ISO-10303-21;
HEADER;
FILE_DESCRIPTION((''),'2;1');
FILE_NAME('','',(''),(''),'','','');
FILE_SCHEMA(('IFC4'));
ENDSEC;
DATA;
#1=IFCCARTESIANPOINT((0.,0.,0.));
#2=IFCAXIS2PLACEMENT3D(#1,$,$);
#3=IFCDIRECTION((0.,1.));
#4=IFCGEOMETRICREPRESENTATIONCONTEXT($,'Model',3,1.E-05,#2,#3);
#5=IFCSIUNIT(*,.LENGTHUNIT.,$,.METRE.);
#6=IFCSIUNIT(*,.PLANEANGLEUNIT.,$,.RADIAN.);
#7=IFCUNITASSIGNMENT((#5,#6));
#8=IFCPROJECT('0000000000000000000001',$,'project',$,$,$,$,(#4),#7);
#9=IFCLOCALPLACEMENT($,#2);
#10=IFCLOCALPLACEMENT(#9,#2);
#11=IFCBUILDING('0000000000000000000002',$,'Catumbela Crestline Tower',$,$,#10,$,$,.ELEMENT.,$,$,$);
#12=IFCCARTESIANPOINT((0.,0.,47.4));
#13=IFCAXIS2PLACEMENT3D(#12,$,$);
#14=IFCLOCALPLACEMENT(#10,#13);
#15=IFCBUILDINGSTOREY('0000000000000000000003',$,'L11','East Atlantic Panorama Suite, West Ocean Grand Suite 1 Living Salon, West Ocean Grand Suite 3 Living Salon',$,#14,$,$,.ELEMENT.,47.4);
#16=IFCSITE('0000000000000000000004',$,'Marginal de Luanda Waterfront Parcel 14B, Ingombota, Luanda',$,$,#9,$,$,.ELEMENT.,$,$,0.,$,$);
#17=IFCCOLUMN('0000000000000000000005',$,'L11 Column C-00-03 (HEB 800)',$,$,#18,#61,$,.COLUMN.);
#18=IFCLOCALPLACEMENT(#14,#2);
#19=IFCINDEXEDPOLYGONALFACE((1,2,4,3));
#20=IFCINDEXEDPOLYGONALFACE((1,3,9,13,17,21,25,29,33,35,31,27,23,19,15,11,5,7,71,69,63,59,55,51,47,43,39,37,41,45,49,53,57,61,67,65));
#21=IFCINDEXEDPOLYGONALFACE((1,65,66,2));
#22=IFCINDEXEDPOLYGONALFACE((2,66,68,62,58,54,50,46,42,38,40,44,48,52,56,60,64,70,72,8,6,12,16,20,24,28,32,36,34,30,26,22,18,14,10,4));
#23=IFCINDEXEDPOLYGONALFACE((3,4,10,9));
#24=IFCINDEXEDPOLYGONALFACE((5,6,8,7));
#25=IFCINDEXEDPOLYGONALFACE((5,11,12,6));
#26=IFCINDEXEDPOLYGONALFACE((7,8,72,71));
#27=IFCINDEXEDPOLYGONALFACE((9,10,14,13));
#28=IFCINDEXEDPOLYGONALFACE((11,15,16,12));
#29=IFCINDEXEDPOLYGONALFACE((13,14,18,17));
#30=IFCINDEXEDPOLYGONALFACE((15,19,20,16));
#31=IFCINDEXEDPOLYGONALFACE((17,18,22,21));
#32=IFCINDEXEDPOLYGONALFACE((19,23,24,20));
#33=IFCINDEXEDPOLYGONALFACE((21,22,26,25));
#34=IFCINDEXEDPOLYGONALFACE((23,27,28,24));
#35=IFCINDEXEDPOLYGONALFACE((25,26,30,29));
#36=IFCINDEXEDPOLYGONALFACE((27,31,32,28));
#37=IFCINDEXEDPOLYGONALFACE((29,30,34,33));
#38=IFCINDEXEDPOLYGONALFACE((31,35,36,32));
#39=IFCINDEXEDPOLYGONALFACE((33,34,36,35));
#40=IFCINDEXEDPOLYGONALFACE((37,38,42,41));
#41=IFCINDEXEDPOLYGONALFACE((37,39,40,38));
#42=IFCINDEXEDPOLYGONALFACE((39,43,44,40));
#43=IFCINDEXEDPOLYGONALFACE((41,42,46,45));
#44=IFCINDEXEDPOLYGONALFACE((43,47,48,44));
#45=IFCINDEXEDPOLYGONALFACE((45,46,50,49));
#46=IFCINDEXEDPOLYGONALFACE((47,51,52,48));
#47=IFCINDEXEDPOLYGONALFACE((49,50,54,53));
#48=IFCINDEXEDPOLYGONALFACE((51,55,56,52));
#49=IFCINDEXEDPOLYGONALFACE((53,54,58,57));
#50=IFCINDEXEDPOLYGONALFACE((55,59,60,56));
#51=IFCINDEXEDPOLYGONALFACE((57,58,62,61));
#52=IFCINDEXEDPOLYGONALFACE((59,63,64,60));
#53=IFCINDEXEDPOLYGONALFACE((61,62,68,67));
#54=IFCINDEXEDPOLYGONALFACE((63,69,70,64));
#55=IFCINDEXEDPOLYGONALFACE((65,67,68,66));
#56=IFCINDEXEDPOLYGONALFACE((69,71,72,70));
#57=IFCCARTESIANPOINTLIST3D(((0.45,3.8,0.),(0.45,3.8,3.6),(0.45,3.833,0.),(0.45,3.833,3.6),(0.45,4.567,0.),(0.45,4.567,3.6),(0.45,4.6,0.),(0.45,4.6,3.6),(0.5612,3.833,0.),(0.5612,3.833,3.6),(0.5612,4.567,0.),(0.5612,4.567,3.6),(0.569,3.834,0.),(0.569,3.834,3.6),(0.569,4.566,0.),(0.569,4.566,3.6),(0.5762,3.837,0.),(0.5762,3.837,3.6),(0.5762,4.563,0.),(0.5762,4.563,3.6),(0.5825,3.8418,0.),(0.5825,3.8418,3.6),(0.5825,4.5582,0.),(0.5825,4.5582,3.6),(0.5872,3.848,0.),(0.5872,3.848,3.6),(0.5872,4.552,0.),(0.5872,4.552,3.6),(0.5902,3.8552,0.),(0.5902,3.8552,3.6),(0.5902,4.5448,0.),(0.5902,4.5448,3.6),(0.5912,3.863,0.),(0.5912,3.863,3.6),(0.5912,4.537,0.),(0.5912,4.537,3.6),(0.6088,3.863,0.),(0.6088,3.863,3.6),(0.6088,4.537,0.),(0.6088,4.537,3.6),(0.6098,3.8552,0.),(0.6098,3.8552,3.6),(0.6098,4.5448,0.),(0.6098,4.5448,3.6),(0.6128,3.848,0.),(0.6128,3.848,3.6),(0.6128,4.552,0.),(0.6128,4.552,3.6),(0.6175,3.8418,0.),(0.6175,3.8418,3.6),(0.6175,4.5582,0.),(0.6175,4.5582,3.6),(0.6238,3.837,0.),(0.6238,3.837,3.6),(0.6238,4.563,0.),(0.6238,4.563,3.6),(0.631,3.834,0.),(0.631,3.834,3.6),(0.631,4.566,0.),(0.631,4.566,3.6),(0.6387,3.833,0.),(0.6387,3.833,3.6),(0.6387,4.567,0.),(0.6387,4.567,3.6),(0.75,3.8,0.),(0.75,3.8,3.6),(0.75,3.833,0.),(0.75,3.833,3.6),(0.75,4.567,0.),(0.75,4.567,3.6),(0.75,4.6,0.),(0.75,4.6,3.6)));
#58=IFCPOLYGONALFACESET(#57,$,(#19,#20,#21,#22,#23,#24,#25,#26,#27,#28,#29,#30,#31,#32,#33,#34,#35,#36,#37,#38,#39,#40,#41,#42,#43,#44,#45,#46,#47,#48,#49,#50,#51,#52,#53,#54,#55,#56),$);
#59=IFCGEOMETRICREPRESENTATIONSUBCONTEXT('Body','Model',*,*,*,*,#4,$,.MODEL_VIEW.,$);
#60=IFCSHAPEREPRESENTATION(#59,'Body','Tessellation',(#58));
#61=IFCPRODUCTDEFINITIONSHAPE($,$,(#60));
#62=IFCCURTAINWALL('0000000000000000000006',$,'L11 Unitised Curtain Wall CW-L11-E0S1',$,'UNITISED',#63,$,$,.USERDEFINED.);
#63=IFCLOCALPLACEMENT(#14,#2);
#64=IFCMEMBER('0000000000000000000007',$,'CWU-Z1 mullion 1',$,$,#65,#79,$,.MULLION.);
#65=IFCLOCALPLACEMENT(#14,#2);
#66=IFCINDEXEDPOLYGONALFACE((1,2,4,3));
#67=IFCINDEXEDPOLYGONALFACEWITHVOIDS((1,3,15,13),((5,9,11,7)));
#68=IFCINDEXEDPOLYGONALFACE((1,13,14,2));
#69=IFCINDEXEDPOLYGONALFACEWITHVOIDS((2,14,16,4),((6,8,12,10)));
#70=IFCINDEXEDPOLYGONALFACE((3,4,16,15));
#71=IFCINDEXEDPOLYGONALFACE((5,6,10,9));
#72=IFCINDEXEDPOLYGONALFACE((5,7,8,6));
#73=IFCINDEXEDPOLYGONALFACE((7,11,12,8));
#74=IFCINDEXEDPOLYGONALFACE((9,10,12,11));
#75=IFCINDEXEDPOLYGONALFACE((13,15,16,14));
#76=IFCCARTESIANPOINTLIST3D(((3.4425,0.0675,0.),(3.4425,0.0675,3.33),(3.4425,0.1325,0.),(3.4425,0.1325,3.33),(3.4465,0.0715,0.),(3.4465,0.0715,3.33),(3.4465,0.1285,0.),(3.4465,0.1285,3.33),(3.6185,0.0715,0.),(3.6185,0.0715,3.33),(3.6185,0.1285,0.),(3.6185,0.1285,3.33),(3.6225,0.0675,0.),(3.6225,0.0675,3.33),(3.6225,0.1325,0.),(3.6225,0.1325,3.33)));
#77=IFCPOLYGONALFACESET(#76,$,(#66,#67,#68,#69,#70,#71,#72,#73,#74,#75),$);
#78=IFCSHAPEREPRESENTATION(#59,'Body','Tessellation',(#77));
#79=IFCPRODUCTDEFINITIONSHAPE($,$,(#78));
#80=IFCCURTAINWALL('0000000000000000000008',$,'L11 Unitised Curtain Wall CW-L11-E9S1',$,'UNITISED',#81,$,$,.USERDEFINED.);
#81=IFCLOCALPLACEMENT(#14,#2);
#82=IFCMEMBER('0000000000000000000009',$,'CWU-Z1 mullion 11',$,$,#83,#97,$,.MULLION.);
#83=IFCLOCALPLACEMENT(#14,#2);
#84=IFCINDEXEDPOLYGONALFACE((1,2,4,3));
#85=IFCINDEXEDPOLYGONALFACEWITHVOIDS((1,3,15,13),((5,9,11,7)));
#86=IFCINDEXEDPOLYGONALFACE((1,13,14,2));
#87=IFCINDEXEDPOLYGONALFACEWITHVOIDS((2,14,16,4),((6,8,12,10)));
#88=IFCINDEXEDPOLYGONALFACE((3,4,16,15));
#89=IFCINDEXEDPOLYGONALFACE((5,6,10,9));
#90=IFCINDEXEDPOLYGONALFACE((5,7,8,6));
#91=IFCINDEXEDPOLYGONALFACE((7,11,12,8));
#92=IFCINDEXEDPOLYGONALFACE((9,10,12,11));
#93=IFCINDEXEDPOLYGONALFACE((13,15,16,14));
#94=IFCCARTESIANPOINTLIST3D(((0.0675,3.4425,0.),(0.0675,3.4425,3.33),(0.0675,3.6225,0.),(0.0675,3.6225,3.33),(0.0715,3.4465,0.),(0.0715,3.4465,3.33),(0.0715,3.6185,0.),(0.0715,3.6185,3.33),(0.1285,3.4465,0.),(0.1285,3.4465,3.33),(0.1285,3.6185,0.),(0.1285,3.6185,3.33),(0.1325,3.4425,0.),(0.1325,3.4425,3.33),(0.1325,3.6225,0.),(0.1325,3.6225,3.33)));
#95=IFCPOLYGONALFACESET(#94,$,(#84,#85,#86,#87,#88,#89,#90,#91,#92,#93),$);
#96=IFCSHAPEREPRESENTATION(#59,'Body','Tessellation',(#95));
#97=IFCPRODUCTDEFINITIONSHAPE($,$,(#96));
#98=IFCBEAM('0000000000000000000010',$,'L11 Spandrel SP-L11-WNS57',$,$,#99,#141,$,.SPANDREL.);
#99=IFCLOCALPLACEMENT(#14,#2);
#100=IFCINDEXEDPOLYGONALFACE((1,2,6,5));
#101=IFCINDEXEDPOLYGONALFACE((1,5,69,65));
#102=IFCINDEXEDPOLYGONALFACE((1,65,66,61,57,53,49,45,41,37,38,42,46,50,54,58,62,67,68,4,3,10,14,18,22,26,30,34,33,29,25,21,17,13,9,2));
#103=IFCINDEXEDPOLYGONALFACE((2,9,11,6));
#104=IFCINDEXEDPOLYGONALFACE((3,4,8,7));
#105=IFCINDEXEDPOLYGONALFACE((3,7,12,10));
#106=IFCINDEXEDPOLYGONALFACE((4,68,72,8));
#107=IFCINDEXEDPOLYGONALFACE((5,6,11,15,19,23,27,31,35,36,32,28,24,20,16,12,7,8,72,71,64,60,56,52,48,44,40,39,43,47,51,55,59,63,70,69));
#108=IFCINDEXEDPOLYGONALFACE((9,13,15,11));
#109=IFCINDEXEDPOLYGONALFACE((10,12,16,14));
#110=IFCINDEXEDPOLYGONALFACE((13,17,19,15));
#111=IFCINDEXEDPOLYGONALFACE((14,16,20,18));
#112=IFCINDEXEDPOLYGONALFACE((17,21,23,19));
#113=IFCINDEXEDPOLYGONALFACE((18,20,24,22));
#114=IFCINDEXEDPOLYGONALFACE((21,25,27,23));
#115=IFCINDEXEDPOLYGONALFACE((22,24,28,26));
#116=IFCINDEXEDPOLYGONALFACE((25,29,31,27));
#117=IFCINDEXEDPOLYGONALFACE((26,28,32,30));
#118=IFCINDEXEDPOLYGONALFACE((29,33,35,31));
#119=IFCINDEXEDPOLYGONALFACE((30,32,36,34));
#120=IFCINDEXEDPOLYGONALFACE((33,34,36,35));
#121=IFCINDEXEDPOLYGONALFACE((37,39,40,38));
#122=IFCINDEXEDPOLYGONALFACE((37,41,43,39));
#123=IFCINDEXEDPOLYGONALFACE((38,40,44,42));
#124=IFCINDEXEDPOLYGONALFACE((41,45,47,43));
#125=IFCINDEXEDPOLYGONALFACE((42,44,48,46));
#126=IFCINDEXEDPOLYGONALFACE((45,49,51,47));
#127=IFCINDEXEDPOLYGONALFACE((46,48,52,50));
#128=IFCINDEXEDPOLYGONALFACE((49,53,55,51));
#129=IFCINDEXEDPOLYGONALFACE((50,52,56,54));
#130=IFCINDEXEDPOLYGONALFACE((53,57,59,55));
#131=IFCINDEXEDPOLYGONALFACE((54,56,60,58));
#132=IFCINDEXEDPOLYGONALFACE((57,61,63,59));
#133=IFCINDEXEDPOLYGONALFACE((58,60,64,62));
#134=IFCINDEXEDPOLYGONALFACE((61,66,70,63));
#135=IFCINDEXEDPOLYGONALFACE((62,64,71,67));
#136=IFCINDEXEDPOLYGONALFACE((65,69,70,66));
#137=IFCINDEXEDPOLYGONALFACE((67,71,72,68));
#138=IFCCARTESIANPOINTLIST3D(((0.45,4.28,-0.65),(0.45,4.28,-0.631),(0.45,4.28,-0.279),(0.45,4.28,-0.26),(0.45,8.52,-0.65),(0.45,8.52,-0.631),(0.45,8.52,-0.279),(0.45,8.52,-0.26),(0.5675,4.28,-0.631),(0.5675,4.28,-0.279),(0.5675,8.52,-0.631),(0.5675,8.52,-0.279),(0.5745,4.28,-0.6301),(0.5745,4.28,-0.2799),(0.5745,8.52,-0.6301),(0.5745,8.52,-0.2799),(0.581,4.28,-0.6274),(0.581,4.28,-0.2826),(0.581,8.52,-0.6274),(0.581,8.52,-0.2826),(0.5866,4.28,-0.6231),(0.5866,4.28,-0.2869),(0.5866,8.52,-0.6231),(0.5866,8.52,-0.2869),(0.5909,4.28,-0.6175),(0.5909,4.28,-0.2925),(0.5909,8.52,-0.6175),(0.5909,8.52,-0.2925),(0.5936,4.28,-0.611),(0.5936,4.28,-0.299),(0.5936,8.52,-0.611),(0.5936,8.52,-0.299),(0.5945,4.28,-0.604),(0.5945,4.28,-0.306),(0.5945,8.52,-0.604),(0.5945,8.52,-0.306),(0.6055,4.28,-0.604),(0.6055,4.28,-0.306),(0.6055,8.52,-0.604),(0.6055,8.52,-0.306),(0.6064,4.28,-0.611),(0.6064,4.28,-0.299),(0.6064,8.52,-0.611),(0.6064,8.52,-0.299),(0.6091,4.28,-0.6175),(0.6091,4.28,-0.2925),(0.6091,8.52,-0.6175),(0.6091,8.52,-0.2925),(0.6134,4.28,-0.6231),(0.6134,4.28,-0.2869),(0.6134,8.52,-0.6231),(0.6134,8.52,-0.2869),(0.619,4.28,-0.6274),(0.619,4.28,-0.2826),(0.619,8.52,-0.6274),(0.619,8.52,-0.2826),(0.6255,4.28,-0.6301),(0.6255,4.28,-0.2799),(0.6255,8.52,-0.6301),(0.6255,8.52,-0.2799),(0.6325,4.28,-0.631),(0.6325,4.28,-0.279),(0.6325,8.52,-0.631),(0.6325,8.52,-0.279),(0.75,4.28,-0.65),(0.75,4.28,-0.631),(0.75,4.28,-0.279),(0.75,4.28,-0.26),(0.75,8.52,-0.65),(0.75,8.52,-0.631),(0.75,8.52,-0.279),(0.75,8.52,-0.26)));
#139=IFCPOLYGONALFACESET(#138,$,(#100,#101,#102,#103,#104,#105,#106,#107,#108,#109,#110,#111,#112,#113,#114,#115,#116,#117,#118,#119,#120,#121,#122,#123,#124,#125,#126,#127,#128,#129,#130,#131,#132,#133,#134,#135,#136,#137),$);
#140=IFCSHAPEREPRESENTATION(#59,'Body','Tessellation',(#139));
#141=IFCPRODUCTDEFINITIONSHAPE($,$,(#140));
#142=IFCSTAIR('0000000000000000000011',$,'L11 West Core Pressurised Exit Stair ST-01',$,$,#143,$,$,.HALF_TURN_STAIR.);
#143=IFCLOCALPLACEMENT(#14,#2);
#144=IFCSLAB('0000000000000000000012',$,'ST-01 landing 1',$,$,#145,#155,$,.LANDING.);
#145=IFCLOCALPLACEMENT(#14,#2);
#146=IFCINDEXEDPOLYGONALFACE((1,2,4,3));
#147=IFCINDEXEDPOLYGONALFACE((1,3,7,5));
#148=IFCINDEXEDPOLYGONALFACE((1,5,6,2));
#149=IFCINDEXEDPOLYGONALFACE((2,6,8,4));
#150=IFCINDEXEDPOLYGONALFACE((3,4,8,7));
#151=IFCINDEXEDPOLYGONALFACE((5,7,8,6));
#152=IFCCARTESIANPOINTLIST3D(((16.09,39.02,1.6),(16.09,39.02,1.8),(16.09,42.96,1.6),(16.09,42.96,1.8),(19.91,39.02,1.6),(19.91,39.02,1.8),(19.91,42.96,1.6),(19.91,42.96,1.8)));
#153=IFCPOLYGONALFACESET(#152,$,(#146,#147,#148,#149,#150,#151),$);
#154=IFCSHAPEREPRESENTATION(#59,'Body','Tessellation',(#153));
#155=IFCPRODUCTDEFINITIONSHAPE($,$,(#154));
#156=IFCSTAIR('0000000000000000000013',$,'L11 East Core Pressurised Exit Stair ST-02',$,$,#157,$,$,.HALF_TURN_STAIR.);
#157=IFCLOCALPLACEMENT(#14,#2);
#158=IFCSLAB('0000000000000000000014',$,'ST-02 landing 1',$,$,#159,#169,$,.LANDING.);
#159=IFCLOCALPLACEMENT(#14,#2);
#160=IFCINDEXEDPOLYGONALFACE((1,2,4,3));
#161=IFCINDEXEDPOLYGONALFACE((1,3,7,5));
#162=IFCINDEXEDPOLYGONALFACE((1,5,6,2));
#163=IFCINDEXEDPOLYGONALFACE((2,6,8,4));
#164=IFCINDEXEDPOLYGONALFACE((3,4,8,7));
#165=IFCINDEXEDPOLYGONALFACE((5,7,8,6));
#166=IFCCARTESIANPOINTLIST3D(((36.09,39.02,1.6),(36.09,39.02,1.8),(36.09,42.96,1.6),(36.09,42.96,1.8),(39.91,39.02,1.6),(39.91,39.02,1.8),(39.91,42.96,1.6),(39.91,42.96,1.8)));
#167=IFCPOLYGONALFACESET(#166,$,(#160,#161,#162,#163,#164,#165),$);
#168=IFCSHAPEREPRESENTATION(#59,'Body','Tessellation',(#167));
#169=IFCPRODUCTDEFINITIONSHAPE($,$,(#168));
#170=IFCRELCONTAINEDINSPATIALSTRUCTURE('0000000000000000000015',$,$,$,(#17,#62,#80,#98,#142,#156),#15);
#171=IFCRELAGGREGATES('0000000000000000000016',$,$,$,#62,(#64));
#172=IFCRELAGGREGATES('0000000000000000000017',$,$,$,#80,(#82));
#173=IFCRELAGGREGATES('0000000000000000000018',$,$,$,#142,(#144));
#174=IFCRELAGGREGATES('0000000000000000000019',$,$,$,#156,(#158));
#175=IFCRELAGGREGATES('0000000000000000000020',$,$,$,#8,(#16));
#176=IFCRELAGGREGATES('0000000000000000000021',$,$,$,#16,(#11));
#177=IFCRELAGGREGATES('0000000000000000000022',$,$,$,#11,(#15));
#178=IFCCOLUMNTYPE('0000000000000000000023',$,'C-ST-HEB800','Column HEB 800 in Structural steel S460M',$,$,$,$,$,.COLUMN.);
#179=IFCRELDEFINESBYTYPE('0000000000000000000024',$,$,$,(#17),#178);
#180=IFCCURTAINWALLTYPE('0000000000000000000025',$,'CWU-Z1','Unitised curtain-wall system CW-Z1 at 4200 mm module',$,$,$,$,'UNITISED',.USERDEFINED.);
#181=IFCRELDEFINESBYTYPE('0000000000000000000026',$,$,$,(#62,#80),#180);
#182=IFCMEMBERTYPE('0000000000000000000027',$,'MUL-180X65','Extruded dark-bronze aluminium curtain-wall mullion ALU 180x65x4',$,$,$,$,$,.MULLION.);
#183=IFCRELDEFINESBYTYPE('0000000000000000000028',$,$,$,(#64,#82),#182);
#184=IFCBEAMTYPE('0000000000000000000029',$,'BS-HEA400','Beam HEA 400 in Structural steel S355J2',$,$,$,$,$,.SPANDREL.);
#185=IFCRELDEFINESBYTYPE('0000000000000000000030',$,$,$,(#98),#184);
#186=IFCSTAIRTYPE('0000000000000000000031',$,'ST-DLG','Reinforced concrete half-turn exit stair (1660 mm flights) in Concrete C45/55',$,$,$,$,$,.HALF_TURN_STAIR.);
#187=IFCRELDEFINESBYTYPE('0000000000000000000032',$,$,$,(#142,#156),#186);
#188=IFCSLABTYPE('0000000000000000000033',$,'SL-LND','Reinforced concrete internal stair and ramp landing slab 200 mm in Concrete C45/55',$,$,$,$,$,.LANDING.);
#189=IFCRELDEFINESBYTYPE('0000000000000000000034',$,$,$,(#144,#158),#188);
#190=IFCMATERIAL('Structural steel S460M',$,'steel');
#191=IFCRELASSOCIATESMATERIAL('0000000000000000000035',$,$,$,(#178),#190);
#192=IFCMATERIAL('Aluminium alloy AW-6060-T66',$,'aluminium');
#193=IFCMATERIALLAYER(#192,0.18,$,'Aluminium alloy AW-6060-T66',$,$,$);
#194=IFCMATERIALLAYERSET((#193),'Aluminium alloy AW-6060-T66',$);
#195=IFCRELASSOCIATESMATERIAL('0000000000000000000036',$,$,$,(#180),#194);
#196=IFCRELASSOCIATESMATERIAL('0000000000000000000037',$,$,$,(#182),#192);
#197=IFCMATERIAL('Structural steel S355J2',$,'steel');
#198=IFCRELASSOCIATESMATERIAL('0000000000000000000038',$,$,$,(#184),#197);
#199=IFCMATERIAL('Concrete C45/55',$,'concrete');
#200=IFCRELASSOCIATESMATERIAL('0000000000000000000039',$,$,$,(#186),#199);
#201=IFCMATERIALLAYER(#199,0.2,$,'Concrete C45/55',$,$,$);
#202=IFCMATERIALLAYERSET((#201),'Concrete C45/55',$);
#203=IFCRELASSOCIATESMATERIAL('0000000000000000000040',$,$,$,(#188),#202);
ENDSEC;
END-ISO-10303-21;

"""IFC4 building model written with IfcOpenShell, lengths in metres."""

from ifc_helpers import new_model, si_unit, direction, frame, origin, origin_2d, place, context, subcontext, project, spatial, polyline, hollow_rectangle, i_section, outline, extrude, material, layer, layer_set, material_profile, profile_set, type_object, element, aggregate, save


model = new_model("IFC4")

# Units and contexts
model_context = context("Model", 3, precision=1e-05, world=origin(), true_north=direction((0.0, 1.0)))
body_context = subcontext(model_context, "Body", "Model", "MODEL_VIEW")
ifc_project = project(units=[si_unit("LENGTHUNIT", "METRE"), si_unit("PLANEANGLEUNIT", "RADIAN")], contexts=[model_context])

# Site, building, storey
site_placement = place(None, origin())
site = spatial("IfcSite", under=ifc_project, at=site_placement, Name="Marginal de Luanda Waterfront Parcel 14B, Ingombota, Luanda", CompositionType="ELEMENT", RefElevation=0.0)
building_placement = place(site_placement, origin())
building = spatial("IfcBuilding", under=site, at=building_placement, Name="Catumbela Crestline Tower", CompositionType="ELEMENT")
storey_placement = place(building_placement, frame((0.0, 0.0, 47.4)))
storey = spatial("IfcBuildingStorey", under=building, at=storey_placement, Name="L11", Description="East Atlantic Panorama Suite, West Ocean Grand Suite 1 Living Salon, West Ocean Grand Suite 3 Living Salon", CompositionType="ELEMENT", Elevation=47.4)

# Column
ifc_material_1 = material(Name="Structural steel S460M", Category="steel")
ifc_material_profile_1 = material_profile(ifc_material_1, i_section(OverallWidth=0.3, OverallDepth=0.8, WebThickness=0.0175, FlangeThickness=0.033, FilletRadius=0.03, at=origin_2d()), Name="HEB 800")
ifc_profile_set_1 = profile_set([ifc_material_profile_1], Name="Structural steel S460M")
column_type = type_object("IfcColumnType", Name="C-ST-HEB800", Description="Column HEB 800 in Structural steel S460M", PredefinedType="COLUMN", material=ifc_profile_set_1)
column_placement = place(storey_placement, frame((0.6, 4.2, 0.0), z_axis=(0.0, 0.0, 1.0), x_axis=(1.0, 0.0, 0.0)))
element("IfcColumn", 1, at=column_placement, inside=storey, type_object=column_type, Name="L11 Column C-00-03 (HEB 800)", PredefinedType="COLUMN", context=body_context, shape_type="SweptSolid", body=[
    extrude(i_section(OverallWidth=0.3, OverallDepth=0.8, WebThickness=0.0175, FlangeThickness=0.033, FilletRadius=0.03, at=origin_2d()), origin(), (0.0, 0.0, 1.0), 3.6),
])

# Curtain walls, members
ifc_material_2 = material(Name="Aluminium alloy AW-6060-T66", Category="aluminium")
ifc_layer_1 = layer(ifc_material_2, 0.18, Name="Aluminium alloy AW-6060-T66")
ifc_layer_set_1 = layer_set([ifc_layer_1], Name="Aluminium alloy AW-6060-T66")
curtain_wall_type = type_object("IfcCurtainWallType", Name="CWU-Z1", Description="Unitised curtain-wall system CW-Z1 at 4200 mm module", ElementType="UNITISED", PredefinedType="USERDEFINED", material=ifc_layer_set_1)
curtain_wall_1_placement = place(storey_placement, origin())
curtain_wall_1 = element("IfcCurtainWall", 2, at=curtain_wall_1_placement, inside=storey, type_object=curtain_wall_type, Name="L11 Unitised Curtain Wall CW-L11-E0S1", ObjectType="UNITISED", PredefinedType="USERDEFINED")
ifc_material_profile_2 = material_profile(ifc_material_2, hollow_rectangle(XDim=0.065, YDim=0.18, WallThickness=0.004, at=origin_2d()), Name="ALU 180x65x4")
ifc_profile_set_2 = profile_set([ifc_material_profile_2], Name="Aluminium alloy AW-6060-T66")
member_type = type_object("IfcMemberType", Name="MUL-180X65", Description="Extruded dark-bronze aluminium curtain-wall mullion ALU 180x65x4", PredefinedType="MULLION", material=ifc_profile_set_2)
member_1_placement = place(storey_placement, frame((3.5325, 0.1, 0.0), z_axis=(0.0, 0.0, 1.0), x_axis=(0.0, 1.0, 0.0)))
member_1 = element("IfcMember", 3, at=member_1_placement, type_object=member_type, Name="CWU-Z1 mullion 1", PredefinedType="MULLION", context=body_context, shape_type="SweptSolid", body=[
    extrude(hollow_rectangle(XDim=0.065, YDim=0.18, WallThickness=0.004, at=origin_2d()), origin(), (0.0, 0.0, 1.0), 3.33),
])
aggregate(curtain_wall_1, [member_1])
curtain_wall_2_placement = place(storey_placement, origin())
curtain_wall_2 = element("IfcCurtainWall", 4, at=curtain_wall_2_placement, inside=storey, type_object=curtain_wall_type, Name="L11 Unitised Curtain Wall CW-L11-E9S1", ObjectType="UNITISED", PredefinedType="USERDEFINED")
member_2_placement = place(storey_placement, frame((0.1, 3.5325, 0.0), z_axis=(0.0, 0.0, 1.0), x_axis=(1.0, 0.0, 0.0)))
member_2 = element("IfcMember", 5, at=member_2_placement, type_object=member_type, Name="CWU-Z1 mullion 11", PredefinedType="MULLION", context=body_context, shape_type="SweptSolid", body=[
    extrude(hollow_rectangle(XDim=0.065, YDim=0.18, WallThickness=0.004, at=origin_2d()), origin(), (0.0, 0.0, 1.0), 3.33),
])
aggregate(curtain_wall_2, [member_2])

# Beam
ifc_material_3 = material(Name="Structural steel S355J2", Category="steel")
ifc_material_profile_3 = material_profile(ifc_material_3, i_section(OverallWidth=0.3, OverallDepth=0.39, WebThickness=0.011, FlangeThickness=0.019, FilletRadius=0.027, at=origin_2d()), Name="HEA 400")
ifc_profile_set_3 = profile_set([ifc_material_profile_3], Name="Structural steel S355J2")
beam_type = type_object("IfcBeamType", Name="BS-HEA400", Description="Beam HEA 400 in Structural steel S355J2", PredefinedType="SPANDREL", material=ifc_profile_set_3)
beam_placement = place(storey_placement, frame((0.6, 4.28, -0.455), z_axis=(0.0, 1.0, 0.0), x_axis=(-1.0, 0.0, 0.0)))
element("IfcBeam", 6, at=beam_placement, inside=storey, type_object=beam_type, Name="L11 Spandrel SP-L11-WNS57", PredefinedType="SPANDREL", context=body_context, shape_type="SweptSolid", body=[
    extrude(i_section(OverallWidth=0.3, OverallDepth=0.39, WebThickness=0.011, FlangeThickness=0.019, FilletRadius=0.027, at=origin_2d()), origin(), (0.0, 0.0, 1.0), 4.24),
])

# Stairs, slabs
ifc_material_4 = material(Name="Concrete C45/55", Category="concrete")
stair_type = type_object("IfcStairType", Name="ST-DLG", Description="Reinforced concrete half-turn exit stair (1660 mm flights) in Concrete C45/55", PredefinedType="HALF_TURN_STAIR", material=ifc_material_4)
stair_1_placement = place(storey_placement, origin())
stair_1 = element("IfcStair", 7, at=stair_1_placement, inside=storey, type_object=stair_type, Name="L11 West Core Pressurised Exit Stair ST-01", PredefinedType="HALF_TURN_STAIR")
ifc_layer_2 = layer(ifc_material_4, 0.2, Name="Concrete C45/55")
ifc_layer_set_2 = layer_set([ifc_layer_2], Name="Concrete C45/55")
slab_type_1 = type_object("IfcSlabType", Name="SL-LND", Description="Reinforced concrete internal stair and ramp landing slab 200 mm in Concrete C45/55", PredefinedType="LANDING", material=ifc_layer_set_2)
slab_1_placement = place(storey_placement, frame((0.0, 0.0, 1.6)))
slab_1 = element("IfcSlab", 8, at=slab_1_placement, type_object=slab_type_1, Name="ST-01 landing 1", PredefinedType="LANDING", context=body_context, shape_type="SweptSolid", body=[
    extrude(outline(polyline([(19.91, 39.02), (19.91, 42.96), (16.09, 42.96), (16.09, 39.02), (19.91, 39.02)])), origin(), (0.0, 0.0, 1.0), 0.2),
])
aggregate(stair_1, [slab_1])
stair_2_placement = place(storey_placement, origin())
stair_2 = element("IfcStair", 9, at=stair_2_placement, inside=storey, type_object=stair_type, Name="L11 East Core Pressurised Exit Stair ST-02", PredefinedType="HALF_TURN_STAIR")
slab_2_placement = place(storey_placement, frame((0.0, 0.0, 1.6)))
slab_2 = element("IfcSlab", 10, at=slab_2_placement, type_object=slab_type_1, Name="ST-02 landing 1", PredefinedType="LANDING", context=body_context, shape_type="SweptSolid", body=[
    extrude(outline(polyline([(39.91, 39.02), (39.91, 42.96), (36.09, 42.96), (36.09, 39.02), (39.91, 39.02)])), origin(), (0.0, 0.0, 1.0), 0.2),
])
aggregate(stair_2, [slab_2])

save(model, "model.ifc")
